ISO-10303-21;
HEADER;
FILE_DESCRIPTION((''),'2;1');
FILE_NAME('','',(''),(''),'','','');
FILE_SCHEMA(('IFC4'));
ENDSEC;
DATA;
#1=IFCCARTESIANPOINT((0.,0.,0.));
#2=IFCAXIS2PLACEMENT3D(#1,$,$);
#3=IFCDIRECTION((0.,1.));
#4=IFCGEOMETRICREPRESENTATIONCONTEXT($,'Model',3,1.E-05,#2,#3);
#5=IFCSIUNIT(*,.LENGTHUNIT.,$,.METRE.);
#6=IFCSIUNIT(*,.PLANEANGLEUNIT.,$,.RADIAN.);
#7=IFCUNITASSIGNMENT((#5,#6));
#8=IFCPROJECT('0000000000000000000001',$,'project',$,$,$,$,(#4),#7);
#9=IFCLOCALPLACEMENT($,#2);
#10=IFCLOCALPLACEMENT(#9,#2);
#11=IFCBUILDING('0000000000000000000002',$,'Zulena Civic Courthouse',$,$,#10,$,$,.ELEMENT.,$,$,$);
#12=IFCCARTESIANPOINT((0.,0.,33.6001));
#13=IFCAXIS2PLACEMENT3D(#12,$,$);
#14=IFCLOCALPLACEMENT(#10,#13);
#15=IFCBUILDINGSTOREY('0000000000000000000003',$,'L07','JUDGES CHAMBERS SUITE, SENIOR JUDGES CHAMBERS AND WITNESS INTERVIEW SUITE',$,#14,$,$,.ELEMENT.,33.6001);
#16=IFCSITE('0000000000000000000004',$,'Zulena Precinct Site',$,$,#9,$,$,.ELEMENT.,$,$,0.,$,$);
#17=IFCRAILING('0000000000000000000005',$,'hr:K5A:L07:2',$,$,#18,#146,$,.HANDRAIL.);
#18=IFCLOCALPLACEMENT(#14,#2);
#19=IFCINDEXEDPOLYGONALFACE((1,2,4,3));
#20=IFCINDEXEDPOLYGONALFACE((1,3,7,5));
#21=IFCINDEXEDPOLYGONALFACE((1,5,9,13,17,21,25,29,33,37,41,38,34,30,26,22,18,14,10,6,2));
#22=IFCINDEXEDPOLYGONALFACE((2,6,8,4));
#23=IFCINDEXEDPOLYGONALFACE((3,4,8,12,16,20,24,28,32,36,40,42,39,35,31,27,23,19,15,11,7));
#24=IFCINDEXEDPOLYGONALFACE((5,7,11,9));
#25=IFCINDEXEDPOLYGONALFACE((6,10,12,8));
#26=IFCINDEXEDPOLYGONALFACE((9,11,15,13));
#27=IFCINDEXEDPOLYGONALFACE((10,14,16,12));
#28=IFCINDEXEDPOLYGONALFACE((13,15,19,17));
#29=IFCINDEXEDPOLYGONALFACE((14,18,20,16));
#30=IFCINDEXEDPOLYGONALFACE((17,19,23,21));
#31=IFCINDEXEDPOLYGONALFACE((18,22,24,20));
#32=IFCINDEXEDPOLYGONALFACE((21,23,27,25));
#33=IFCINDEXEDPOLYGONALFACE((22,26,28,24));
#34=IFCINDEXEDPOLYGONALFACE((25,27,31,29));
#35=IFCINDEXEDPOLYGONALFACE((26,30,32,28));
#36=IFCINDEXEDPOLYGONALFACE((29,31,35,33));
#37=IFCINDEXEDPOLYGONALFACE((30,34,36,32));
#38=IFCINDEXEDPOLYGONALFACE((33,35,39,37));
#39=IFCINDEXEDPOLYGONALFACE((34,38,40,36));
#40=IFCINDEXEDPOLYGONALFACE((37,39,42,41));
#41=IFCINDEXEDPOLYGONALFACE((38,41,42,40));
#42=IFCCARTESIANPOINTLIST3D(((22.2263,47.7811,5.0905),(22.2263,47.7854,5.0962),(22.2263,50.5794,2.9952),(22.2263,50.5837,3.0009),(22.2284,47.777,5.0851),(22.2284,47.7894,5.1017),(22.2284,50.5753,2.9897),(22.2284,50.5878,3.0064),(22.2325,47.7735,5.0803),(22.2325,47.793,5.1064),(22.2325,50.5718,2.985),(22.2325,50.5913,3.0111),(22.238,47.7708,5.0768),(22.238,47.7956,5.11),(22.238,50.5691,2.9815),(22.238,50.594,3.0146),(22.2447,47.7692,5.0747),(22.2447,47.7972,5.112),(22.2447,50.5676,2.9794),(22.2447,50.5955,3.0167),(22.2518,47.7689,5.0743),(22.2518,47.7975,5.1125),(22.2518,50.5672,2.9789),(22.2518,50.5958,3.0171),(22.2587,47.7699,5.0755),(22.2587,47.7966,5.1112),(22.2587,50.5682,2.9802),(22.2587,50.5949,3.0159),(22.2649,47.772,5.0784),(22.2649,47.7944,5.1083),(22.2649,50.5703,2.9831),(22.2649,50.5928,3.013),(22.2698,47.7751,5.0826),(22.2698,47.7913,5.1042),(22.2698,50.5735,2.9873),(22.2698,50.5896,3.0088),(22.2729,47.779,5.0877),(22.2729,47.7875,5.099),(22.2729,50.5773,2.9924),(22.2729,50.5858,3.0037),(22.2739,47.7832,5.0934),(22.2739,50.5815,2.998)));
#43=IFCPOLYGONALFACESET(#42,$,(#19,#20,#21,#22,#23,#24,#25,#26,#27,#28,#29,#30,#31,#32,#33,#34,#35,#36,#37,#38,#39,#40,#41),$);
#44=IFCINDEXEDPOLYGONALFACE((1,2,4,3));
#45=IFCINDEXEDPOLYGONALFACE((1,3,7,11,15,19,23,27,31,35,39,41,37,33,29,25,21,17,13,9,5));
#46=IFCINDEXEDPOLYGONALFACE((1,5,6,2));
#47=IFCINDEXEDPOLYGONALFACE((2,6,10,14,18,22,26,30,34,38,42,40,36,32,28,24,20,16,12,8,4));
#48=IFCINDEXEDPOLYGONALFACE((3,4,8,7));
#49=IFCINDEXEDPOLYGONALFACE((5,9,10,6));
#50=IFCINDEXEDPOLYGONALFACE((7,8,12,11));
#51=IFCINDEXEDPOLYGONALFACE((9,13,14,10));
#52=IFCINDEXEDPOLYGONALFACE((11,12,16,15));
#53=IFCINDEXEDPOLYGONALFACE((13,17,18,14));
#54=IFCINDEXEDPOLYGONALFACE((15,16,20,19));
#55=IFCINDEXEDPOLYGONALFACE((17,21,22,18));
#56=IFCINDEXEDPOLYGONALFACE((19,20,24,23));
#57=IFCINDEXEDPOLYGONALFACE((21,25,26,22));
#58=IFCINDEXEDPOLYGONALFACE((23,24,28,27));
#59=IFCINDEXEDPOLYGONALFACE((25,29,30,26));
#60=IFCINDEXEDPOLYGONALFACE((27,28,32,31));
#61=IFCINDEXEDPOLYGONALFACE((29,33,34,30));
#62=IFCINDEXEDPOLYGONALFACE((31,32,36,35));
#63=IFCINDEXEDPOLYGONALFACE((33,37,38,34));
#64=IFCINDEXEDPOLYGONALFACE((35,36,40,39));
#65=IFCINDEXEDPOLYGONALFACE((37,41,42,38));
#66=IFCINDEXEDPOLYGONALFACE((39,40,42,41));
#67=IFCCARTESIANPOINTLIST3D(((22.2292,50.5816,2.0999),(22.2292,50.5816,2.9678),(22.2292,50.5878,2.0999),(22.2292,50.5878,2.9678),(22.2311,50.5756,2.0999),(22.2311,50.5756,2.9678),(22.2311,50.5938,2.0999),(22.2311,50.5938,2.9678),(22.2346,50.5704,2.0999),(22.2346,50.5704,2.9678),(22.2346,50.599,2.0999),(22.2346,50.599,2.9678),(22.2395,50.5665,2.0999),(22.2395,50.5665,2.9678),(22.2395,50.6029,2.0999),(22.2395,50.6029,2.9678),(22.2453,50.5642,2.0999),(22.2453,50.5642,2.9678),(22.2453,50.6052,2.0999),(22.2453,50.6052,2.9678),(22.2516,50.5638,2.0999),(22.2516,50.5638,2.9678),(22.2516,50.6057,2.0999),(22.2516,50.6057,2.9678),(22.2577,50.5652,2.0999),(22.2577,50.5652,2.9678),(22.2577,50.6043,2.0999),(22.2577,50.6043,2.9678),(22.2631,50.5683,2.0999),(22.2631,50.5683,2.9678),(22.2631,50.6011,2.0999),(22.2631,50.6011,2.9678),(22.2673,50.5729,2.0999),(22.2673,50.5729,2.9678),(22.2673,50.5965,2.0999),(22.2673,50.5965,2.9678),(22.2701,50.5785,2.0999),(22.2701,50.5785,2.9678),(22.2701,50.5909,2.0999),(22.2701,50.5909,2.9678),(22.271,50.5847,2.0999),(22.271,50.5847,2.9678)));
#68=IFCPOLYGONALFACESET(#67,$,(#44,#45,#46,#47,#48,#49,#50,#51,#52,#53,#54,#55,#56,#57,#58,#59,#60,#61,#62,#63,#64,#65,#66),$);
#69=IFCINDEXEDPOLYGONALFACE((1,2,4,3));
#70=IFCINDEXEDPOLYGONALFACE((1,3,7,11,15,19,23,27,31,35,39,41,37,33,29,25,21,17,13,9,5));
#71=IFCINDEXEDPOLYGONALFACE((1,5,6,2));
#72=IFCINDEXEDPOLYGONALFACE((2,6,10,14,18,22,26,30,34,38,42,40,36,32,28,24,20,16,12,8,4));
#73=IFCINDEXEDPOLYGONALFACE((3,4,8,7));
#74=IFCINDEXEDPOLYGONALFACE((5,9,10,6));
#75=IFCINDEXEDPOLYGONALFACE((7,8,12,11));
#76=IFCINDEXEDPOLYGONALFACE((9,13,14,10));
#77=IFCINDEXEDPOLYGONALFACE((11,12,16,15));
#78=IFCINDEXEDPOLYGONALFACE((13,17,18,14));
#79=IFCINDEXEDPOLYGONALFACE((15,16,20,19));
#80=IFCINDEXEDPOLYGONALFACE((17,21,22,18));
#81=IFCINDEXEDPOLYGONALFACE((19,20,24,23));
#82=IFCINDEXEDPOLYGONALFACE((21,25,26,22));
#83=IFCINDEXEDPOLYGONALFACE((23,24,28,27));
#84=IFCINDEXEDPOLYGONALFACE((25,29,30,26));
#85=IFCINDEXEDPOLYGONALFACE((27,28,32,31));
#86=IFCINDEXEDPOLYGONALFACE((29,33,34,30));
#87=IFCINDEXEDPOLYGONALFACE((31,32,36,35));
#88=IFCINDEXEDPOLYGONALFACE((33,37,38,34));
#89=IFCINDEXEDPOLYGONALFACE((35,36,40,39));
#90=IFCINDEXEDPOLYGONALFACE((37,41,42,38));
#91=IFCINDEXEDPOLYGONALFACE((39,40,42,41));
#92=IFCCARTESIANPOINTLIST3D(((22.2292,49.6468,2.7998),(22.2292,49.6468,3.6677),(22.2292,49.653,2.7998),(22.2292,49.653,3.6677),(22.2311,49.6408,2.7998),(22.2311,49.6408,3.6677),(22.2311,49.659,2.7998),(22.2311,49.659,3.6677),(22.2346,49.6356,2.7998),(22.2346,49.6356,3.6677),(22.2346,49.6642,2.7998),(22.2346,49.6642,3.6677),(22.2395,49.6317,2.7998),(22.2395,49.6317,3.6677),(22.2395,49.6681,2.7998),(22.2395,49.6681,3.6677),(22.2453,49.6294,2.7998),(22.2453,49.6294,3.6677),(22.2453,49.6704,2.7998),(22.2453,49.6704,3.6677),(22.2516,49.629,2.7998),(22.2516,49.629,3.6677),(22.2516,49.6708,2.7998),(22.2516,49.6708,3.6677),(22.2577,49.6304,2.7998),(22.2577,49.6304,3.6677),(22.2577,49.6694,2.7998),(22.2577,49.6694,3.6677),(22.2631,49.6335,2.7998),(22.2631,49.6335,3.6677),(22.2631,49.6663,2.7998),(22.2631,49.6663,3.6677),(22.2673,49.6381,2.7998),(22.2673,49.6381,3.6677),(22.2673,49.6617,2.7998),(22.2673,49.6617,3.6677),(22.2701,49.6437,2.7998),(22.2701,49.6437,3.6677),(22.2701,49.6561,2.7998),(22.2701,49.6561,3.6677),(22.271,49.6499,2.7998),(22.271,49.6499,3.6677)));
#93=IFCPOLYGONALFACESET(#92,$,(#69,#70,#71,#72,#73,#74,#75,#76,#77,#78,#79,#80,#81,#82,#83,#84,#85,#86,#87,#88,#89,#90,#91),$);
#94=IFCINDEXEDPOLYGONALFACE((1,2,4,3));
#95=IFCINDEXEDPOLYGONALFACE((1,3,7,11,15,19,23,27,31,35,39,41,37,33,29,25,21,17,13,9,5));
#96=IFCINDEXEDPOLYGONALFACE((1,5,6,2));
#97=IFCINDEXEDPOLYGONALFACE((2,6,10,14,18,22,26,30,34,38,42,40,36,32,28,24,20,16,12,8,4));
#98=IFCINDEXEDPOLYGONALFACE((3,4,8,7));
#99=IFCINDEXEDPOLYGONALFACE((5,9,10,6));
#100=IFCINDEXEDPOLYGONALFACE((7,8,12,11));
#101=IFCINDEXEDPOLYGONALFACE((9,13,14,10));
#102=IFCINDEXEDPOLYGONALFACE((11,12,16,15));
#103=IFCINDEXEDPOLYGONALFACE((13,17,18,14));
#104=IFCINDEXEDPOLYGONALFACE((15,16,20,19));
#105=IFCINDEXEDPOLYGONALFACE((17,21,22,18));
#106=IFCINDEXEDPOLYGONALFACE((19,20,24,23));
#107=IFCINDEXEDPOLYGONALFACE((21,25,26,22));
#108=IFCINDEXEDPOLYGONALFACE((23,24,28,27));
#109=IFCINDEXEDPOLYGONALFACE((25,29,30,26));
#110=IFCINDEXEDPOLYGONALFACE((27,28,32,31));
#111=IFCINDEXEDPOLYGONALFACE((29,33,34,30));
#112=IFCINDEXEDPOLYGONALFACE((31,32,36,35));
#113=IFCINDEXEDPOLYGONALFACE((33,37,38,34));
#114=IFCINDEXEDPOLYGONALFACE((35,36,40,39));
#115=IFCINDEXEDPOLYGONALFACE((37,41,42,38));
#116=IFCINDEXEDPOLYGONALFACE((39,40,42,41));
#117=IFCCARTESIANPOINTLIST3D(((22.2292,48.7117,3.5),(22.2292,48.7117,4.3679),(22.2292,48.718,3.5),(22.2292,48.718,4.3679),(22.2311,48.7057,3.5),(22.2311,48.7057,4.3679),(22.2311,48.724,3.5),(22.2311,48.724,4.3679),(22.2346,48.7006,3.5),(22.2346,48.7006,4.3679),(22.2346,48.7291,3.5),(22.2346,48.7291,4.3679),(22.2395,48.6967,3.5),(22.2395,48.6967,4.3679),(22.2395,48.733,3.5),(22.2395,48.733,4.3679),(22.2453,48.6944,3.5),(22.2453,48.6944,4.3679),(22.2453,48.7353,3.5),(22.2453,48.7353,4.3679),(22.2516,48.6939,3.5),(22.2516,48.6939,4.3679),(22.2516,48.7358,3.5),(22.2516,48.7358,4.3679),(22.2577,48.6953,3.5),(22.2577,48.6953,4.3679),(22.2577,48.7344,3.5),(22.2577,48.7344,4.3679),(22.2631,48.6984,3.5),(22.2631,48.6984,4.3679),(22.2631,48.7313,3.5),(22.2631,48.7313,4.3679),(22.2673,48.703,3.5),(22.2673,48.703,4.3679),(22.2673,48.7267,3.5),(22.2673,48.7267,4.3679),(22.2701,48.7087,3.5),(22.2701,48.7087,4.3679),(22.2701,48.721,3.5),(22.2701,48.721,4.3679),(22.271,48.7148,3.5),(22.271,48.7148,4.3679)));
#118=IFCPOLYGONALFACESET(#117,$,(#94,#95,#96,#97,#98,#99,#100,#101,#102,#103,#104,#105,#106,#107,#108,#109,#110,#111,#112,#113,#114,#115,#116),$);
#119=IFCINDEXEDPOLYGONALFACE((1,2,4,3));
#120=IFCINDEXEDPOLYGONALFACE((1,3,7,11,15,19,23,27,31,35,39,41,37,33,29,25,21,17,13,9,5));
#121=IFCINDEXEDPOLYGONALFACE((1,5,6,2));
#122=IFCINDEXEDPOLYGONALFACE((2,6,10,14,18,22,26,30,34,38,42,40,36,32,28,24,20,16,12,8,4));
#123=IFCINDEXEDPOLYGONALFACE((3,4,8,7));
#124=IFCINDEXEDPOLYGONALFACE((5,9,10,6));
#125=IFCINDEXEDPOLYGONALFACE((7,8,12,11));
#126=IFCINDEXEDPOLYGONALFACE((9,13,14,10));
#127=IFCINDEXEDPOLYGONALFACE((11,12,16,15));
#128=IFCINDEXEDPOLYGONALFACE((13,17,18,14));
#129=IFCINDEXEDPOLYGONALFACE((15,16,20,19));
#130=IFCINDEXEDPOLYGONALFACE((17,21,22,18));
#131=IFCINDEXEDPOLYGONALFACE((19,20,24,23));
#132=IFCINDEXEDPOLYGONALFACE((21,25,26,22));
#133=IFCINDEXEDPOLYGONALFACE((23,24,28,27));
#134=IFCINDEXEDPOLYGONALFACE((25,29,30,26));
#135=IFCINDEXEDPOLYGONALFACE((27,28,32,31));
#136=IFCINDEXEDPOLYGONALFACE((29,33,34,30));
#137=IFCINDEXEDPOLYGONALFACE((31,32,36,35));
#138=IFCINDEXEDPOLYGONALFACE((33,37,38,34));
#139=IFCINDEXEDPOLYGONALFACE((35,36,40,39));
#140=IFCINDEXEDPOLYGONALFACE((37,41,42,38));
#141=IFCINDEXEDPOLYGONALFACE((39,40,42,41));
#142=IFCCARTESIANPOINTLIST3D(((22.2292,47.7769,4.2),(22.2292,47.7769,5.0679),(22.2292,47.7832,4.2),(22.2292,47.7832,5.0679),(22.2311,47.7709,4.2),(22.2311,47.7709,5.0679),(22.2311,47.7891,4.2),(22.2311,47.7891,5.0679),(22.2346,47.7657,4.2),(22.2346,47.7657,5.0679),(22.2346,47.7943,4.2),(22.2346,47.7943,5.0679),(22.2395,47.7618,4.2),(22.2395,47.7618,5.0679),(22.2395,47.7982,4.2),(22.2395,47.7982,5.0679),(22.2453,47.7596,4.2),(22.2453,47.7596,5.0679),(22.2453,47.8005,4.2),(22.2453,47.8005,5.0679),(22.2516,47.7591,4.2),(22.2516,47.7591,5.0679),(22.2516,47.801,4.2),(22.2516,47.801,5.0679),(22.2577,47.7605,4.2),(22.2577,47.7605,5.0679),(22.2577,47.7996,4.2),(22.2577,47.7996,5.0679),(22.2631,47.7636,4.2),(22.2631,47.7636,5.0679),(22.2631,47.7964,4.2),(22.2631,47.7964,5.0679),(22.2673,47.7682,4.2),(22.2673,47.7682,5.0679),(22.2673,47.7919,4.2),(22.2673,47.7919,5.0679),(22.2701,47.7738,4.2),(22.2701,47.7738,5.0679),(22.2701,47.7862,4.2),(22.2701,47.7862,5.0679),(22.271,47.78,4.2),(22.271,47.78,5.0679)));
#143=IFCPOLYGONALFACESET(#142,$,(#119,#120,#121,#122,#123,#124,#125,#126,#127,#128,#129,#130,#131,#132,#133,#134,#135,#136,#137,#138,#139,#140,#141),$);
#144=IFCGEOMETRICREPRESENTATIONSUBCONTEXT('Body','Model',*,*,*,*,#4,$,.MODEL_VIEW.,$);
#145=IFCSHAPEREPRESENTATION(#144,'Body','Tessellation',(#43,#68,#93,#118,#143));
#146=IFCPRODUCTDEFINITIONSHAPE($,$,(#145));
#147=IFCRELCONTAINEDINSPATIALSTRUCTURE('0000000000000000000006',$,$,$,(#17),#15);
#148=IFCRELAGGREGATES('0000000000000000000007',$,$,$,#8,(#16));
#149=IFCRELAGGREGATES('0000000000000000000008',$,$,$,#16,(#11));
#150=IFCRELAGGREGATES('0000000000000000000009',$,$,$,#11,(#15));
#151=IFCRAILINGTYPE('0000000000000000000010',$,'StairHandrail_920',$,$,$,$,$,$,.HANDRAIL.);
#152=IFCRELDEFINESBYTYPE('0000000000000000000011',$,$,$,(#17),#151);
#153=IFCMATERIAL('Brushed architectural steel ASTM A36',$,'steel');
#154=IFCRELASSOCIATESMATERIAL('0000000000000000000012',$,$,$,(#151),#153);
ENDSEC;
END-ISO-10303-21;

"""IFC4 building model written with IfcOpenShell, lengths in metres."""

from ifc_helpers import new_model, si_unit, direction, frame, origin, origin_2d, place, context, subcontext, project, spatial, circle, extrude, material, type_object, element, save


model = new_model("IFC4")

# Units and contexts
model_context = context("Model", 3, precision=1e-05, world=origin(), true_north=direction((0.0, 1.0)))
body_context = subcontext(model_context, "Body", "Model", "MODEL_VIEW")
ifc_project = project(units=[si_unit("LENGTHUNIT", "METRE"), si_unit("PLANEANGLEUNIT", "RADIAN")], contexts=[model_context])

# Site, building, storey
site_placement = place(None, origin())
site = spatial("IfcSite", under=ifc_project, at=site_placement, Name="Zulena Precinct Site", CompositionType="ELEMENT", RefElevation=0.0)
building_placement = place(site_placement, origin())
building = spatial("IfcBuilding", under=site, at=building_placement, Name="Zulena Civic Courthouse", CompositionType="ELEMENT")
storey_placement = place(building_placement, frame((0.0, 0.0, 33.6001)))
storey = spatial("IfcBuildingStorey", under=building, at=storey_placement, Name="L07", Description="JUDGES CHAMBERS SUITE, SENIOR JUDGES CHAMBERS AND WITNESS INTERVIEW SUITE", CompositionType="ELEMENT", Elevation=33.6001)

# Shared definitions
ifc_material_1 = material(Name="Brushed architectural steel ASTM A36", Category="steel")

# Railing
railing_type_1 = type_object("IfcRailingType", Name="StairHandrail_920", PredefinedType="HANDRAIL", material=ifc_material_1)
railing_1_placement = place(storey_placement, frame((22.25, 50.5847, 2.0999)))
element("IfcRailing", 1, at=railing_1_placement, inside=storey, type_object=railing_type_1, Name="hr:K5A:L07:2", PredefinedType="HANDRAIL", context=body_context, shape_type="SweptSolid", body=[
    extrude(circle(Radius=0.0239, at=origin_2d()), frame((0.0, -0.0032, 0.8982), z_axis=(0.0, -0.800468, 0.599375), x_axis=(1.0, 0.0, 0.0)), (0.0, 0.0, 1.0), 3.4958),
    extrude(circle(Radius=0.021, at=origin_2d()), origin(), (0.0, 0.0, 1.0), 0.8679),
    extrude(circle(Radius=0.021, at=origin_2d()), frame((0.0, -0.9348, 0.7)), (0.0, 0.0, 1.0), 0.8679),
    extrude(circle(Radius=0.021, at=origin_2d()), frame((0.0, -1.8699, 1.4001)), (0.0, 0.0, 1.0), 0.8679),
    extrude(circle(Radius=0.021, at=origin_2d()), frame((0.0, -2.8047, 2.1001)), (0.0, 0.0, 1.0), 0.8679),
])

save(model, "model.ifc")
